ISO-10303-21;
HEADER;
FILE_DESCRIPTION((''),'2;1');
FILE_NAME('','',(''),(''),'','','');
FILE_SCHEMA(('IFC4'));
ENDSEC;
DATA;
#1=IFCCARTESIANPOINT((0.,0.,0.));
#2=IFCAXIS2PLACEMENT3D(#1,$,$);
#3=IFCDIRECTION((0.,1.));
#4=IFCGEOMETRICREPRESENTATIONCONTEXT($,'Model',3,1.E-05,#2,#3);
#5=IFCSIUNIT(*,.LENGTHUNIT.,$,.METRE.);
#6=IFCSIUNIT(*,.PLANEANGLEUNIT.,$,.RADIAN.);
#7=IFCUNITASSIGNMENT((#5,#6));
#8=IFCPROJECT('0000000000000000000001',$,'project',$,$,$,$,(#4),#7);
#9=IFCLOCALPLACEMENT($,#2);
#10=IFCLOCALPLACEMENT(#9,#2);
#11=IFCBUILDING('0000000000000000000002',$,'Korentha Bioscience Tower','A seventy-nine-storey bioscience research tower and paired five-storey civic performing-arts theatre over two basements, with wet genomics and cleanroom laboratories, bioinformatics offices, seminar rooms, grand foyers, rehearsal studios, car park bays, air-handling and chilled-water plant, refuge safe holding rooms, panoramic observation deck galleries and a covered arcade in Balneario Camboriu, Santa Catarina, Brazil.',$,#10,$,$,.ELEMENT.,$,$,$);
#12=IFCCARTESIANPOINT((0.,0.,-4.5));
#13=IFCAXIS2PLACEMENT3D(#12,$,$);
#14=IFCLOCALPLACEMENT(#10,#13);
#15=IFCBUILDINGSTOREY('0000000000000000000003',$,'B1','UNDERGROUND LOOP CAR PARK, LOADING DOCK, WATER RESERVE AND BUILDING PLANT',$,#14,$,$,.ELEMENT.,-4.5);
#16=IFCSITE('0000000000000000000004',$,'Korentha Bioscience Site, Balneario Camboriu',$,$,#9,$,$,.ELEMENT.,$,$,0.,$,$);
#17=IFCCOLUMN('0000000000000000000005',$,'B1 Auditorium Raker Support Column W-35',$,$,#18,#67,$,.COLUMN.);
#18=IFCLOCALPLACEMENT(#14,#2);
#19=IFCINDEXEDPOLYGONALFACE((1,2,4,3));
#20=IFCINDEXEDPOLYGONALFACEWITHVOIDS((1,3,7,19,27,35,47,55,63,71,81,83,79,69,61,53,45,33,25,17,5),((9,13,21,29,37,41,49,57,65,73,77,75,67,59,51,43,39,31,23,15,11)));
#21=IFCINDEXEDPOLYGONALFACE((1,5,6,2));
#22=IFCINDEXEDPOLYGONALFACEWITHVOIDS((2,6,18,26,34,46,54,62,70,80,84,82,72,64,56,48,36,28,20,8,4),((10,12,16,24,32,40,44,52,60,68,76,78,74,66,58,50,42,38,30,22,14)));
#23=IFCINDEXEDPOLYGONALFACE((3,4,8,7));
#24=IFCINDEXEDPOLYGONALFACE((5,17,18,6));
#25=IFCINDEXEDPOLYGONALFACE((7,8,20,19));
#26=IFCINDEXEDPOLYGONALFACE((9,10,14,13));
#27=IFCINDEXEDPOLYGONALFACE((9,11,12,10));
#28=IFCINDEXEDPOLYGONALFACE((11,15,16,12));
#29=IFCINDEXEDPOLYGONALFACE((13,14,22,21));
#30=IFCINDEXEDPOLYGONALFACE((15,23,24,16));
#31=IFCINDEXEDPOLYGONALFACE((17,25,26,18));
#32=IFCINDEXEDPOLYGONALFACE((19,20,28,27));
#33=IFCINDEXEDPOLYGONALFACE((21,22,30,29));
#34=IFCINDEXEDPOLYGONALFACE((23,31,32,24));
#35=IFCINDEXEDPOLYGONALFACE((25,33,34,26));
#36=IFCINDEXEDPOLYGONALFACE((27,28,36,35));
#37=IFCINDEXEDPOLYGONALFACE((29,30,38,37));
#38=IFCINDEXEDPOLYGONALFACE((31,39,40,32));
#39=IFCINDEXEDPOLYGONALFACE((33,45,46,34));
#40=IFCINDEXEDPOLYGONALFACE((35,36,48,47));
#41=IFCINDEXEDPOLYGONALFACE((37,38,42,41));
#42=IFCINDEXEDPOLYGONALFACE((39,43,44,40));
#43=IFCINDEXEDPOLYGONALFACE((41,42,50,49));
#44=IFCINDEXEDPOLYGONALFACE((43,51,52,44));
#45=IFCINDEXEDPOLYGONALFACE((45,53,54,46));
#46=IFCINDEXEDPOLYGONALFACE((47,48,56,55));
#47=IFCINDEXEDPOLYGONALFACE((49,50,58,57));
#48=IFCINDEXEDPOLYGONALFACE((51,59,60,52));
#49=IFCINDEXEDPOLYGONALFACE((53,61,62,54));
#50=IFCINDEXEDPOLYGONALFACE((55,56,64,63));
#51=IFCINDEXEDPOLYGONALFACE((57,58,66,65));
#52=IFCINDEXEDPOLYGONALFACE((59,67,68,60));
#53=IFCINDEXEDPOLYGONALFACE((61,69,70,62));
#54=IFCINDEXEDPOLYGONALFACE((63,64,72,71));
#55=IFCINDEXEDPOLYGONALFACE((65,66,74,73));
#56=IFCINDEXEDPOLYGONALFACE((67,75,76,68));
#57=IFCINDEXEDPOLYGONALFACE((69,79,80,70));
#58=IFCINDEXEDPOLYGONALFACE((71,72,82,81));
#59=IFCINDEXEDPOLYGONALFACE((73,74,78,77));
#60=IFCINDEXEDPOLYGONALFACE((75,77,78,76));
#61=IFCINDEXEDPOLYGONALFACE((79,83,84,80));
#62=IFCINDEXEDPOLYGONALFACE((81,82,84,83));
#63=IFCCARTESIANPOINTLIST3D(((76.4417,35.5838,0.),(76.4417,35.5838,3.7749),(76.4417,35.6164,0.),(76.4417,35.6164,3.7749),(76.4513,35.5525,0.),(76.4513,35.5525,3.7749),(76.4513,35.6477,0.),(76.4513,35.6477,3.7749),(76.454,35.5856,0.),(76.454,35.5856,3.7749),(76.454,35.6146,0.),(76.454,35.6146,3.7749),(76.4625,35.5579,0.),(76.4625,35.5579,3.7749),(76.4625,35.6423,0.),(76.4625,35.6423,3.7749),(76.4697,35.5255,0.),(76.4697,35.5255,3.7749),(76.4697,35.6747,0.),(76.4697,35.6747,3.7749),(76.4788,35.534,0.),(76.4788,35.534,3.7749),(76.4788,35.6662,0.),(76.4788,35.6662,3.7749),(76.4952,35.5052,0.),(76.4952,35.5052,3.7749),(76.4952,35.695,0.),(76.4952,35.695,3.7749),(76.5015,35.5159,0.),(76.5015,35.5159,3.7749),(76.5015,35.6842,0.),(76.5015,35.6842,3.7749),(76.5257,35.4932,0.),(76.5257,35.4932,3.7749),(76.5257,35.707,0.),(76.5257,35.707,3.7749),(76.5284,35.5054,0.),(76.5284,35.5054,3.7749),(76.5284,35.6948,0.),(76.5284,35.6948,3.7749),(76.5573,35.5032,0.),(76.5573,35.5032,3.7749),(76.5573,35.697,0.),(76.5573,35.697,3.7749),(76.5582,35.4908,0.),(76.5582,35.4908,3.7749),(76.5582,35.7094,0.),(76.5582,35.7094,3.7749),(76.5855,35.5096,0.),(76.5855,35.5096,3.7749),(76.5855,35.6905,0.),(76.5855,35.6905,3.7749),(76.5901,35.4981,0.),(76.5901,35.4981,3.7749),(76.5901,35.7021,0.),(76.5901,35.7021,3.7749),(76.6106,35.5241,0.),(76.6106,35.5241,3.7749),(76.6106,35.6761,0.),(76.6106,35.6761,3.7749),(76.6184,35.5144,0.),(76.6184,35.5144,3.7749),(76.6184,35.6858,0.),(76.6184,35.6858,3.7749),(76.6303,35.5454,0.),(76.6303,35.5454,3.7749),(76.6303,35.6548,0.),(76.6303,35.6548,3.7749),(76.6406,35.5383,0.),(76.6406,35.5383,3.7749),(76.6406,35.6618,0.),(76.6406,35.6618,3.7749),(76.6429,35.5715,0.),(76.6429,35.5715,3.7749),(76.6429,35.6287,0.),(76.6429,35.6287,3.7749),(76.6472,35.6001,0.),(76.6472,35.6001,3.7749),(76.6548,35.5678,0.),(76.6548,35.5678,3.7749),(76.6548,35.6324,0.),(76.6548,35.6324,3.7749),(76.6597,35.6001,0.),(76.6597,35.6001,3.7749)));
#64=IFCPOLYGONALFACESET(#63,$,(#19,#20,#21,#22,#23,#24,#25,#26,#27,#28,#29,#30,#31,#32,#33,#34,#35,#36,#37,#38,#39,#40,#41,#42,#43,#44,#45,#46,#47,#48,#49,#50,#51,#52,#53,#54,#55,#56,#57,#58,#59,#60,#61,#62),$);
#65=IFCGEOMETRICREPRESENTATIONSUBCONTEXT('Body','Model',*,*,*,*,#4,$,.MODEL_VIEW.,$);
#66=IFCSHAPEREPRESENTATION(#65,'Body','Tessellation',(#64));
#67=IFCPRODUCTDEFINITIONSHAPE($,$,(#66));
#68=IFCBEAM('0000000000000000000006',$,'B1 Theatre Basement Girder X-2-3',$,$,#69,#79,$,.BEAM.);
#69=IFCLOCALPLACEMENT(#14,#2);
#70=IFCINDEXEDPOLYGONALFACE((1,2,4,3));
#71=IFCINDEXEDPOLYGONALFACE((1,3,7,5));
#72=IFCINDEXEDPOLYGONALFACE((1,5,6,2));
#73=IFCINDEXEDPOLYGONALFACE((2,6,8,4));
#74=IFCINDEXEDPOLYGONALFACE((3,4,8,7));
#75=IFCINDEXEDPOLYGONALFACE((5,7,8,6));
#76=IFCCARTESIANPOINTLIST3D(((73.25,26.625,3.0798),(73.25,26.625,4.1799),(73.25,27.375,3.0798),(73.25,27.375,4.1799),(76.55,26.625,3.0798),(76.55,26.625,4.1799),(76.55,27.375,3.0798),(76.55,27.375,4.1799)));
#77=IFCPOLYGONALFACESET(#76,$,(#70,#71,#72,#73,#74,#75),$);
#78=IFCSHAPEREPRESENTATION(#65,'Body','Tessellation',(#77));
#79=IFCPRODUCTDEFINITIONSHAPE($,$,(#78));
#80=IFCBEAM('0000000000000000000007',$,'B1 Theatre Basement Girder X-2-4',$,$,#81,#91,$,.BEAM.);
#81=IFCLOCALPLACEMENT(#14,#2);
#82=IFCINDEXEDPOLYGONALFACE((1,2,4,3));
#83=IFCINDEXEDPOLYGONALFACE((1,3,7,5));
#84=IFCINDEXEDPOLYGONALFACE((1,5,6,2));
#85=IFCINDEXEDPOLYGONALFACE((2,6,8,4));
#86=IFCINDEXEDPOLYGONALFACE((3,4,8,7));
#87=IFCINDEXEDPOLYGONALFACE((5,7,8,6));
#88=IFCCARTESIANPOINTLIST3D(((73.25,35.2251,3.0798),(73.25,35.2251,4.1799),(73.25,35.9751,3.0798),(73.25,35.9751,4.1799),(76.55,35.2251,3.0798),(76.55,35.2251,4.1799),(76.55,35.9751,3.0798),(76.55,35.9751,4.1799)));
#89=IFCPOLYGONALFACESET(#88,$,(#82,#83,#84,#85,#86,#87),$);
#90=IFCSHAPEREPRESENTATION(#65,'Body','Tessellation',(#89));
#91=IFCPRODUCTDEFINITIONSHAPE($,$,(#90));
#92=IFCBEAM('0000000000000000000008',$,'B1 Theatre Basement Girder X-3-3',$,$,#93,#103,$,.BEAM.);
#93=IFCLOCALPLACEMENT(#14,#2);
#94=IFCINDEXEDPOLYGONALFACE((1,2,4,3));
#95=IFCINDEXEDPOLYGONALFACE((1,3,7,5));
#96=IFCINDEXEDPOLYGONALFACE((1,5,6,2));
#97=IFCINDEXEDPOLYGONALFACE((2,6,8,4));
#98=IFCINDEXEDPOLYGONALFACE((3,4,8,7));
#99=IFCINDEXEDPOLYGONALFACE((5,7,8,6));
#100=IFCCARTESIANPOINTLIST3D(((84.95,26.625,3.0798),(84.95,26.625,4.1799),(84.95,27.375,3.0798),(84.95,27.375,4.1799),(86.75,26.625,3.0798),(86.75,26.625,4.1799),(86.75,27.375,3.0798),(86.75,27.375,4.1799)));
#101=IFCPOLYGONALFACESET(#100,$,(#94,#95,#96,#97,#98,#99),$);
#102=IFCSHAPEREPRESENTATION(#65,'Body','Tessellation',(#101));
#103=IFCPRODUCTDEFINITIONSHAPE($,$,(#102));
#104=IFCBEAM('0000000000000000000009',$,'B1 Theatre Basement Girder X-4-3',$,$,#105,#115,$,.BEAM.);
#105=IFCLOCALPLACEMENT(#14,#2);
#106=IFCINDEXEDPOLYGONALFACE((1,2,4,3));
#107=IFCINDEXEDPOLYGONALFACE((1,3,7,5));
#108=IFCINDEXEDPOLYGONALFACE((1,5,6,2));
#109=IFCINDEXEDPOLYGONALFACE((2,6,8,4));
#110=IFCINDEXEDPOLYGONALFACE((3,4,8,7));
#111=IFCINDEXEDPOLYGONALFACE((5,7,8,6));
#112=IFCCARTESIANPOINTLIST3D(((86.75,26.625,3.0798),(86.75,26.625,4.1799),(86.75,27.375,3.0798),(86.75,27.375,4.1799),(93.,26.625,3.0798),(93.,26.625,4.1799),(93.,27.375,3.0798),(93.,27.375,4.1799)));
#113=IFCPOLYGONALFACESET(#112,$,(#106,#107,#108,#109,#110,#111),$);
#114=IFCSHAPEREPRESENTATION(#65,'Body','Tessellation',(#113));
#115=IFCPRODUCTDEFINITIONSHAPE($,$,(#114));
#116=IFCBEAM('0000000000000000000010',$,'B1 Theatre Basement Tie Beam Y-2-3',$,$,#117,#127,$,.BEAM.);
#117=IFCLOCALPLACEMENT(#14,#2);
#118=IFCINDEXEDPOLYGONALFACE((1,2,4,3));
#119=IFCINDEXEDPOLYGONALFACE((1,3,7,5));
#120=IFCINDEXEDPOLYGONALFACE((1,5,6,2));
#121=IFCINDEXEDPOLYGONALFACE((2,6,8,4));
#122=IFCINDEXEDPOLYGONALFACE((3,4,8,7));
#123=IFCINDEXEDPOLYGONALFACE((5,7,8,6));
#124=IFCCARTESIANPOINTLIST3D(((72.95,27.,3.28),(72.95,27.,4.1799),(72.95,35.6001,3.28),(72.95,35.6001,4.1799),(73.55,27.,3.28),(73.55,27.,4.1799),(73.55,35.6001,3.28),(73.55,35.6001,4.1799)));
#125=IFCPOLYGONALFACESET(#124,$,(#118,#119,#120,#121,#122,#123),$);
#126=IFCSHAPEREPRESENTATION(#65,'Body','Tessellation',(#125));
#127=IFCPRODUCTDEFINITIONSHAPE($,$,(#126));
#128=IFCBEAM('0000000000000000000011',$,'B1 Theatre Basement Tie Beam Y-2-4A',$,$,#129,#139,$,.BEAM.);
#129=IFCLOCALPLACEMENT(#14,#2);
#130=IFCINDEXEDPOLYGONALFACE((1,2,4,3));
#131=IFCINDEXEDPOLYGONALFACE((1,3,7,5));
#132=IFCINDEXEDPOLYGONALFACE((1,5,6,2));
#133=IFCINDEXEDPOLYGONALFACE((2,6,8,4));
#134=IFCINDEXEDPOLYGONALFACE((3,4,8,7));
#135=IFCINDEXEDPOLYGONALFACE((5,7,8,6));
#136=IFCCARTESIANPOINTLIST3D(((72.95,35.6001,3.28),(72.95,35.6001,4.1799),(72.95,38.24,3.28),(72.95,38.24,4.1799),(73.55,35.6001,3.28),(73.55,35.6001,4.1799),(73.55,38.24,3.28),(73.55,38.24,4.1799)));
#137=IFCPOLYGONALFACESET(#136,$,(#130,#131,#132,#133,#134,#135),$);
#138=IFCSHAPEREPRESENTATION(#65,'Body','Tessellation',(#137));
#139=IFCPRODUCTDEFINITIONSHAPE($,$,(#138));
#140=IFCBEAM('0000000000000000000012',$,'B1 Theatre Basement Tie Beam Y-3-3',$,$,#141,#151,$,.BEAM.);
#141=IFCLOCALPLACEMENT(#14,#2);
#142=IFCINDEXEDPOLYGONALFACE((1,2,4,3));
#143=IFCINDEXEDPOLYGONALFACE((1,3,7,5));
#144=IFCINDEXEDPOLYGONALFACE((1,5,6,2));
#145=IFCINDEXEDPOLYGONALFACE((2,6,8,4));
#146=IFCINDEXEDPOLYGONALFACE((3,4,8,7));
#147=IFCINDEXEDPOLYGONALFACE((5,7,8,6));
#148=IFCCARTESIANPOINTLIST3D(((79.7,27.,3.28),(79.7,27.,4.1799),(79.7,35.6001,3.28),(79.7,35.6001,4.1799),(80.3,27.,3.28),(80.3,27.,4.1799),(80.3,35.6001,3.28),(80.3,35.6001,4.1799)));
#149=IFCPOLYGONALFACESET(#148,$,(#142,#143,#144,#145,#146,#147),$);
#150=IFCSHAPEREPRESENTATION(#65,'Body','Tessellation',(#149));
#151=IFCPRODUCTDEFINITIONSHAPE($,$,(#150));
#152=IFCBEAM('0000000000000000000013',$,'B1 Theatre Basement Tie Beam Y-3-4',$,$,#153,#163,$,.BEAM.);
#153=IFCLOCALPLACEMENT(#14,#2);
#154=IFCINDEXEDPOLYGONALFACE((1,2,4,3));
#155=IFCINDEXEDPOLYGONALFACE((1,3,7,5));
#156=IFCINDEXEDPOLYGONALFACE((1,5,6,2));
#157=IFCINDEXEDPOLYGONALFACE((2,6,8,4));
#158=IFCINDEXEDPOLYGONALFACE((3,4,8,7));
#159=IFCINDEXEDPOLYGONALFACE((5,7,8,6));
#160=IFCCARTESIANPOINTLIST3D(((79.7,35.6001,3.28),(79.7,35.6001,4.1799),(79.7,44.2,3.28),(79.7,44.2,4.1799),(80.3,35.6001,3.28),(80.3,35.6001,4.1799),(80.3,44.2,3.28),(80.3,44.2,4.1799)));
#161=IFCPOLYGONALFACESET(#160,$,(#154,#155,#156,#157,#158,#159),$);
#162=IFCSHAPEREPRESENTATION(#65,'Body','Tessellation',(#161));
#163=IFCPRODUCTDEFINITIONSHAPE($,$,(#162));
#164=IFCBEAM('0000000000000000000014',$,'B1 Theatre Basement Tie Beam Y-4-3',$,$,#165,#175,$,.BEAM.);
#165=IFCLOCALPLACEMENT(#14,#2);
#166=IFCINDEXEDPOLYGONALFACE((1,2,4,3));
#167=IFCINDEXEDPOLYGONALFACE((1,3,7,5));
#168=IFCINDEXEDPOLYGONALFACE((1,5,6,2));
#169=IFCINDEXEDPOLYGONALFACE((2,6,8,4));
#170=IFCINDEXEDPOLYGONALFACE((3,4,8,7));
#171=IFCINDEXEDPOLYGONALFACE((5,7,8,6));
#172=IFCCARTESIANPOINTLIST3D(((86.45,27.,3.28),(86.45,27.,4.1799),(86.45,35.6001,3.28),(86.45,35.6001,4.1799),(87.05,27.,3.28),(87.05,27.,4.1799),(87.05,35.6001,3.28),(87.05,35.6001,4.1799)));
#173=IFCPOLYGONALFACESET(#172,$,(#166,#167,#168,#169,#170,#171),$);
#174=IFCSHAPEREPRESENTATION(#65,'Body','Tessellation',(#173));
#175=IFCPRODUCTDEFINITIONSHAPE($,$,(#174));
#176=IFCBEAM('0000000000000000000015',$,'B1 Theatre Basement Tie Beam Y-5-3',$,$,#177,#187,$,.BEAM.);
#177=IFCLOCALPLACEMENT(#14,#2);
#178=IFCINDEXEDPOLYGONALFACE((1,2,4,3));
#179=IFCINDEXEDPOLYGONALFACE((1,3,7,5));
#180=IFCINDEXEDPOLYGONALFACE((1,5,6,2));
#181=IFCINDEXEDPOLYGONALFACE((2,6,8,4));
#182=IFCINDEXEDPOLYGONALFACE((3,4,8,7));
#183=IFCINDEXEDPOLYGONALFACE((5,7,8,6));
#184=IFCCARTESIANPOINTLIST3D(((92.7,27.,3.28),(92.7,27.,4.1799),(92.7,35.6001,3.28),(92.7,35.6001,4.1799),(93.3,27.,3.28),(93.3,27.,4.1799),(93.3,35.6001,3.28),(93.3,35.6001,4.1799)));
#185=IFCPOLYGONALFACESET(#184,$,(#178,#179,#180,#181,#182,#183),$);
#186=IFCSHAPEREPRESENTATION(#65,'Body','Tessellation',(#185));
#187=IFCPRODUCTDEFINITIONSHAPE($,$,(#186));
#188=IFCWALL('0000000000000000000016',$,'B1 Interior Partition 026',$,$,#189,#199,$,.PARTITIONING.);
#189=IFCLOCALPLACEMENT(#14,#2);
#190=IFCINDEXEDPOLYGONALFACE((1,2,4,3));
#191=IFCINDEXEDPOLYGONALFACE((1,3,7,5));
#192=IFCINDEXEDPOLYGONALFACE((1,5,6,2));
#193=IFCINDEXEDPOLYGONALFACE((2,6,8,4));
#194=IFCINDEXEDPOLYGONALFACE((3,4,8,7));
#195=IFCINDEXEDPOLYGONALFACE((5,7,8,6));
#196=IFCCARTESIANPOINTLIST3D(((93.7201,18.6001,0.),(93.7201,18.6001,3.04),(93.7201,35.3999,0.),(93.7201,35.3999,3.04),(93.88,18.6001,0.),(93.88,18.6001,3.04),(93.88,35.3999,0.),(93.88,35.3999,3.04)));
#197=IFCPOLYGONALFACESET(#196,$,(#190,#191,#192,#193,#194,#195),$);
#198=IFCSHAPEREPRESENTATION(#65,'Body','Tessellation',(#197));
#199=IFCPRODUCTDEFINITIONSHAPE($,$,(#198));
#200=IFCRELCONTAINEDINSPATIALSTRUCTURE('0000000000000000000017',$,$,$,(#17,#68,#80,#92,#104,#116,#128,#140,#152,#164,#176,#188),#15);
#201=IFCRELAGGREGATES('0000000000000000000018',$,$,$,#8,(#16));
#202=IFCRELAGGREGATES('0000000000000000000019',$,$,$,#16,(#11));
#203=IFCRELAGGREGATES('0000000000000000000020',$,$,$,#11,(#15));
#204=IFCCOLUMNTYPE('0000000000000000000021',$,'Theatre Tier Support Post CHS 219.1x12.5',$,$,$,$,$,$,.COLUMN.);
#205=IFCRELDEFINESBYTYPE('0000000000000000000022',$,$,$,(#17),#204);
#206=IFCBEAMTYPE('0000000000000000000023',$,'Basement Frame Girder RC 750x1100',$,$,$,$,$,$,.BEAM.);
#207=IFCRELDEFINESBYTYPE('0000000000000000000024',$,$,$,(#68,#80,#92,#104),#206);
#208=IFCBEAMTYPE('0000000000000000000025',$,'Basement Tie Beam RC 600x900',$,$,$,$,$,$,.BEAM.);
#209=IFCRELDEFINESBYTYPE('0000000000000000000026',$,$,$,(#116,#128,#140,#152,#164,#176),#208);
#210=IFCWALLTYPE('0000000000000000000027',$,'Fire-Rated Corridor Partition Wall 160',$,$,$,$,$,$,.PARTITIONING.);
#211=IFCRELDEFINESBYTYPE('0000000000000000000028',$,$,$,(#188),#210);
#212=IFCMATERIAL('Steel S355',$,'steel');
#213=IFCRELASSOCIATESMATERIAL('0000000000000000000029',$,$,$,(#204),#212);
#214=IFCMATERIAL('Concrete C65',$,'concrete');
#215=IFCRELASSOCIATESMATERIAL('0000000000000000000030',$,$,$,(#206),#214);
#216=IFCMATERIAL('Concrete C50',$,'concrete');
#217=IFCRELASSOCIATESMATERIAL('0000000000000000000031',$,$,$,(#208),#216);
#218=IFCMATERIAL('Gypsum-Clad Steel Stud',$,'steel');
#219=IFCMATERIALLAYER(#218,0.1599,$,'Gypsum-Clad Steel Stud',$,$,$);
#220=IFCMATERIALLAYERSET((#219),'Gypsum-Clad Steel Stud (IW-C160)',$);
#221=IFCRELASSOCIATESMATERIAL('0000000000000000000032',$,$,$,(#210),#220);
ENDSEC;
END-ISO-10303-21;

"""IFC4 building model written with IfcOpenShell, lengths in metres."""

from ifc_helpers import new_model, si_unit, direction, frame, frame_2d, origin, origin_2d, place, context, subcontext, project, spatial, rectangle, hollow_circle, extrude, material, layer, layer_set, material_profile, profile_set, type_object, element, save


model = new_model("IFC4")

# Units and contexts
model_context = context("Model", 3, precision=1e-05, world=origin(), true_north=direction((0.0, 1.0)))
body_context = subcontext(model_context, "Body", "Model", "MODEL_VIEW")
ifc_project = project(units=[si_unit("LENGTHUNIT", "METRE"), si_unit("PLANEANGLEUNIT", "RADIAN")], contexts=[model_context])

# Site, building, storey
site_placement = place(None, origin())
site = spatial("IfcSite", under=ifc_project, at=site_placement, Name="Korentha Bioscience Site, Balneario Camboriu", CompositionType="ELEMENT", RefElevation=0.0)
building_placement = place(site_placement, origin())
building = spatial("IfcBuilding", under=site, at=building_placement, Name="Korentha Bioscience Tower", Description="A seventy-nine-storey bioscience research tower and paired five-storey civic performing-arts theatre over two basements, with wet genomics and cleanroom laboratories, bioinformatics offices, seminar rooms, grand foyers, rehearsal studios, car park bays, air-handling and chilled-water plant, refuge safe holding rooms, panoramic observation deck galleries and a covered arcade in Balneario Camboriu, Santa Catarina, Brazil.", CompositionType="ELEMENT")
storey_placement = place(building_placement, frame((0.0, 0.0, -4.5)))
storey = spatial("IfcBuildingStorey", under=building, at=storey_placement, Name="B1", Description="UNDERGROUND LOOP CAR PARK, LOADING DOCK, WATER RESERVE AND BUILDING PLANT", CompositionType="ELEMENT", Elevation=-4.5)

# Column
ifc_material_1 = material(Name="Concrete C50", Category="concrete")
ifc_material_2 = material(Name="Steel S355", Category="steel")
ifc_material_profile_1 = material_profile(ifc_material_2, hollow_circle(Radius=0.1096, WallThickness=0.0125, at=origin_2d()), Name="Steel S355")
ifc_profile_set_1 = profile_set([ifc_material_profile_1], Name="Steel S355 (TC-P219)")
column_type_1 = type_object("IfcColumnType", Name="Theatre Tier Support Post CHS 219.1x12.5", PredefinedType="COLUMN", material=ifc_profile_set_1)
for number, where, z_axis, x_axis, name in (
    (1, (76.55, 35.6001, 0.0), (0.0, 0.0, 1.0), (1.0, 0.0, 0.0), "B1 Auditorium Raker Support Column W-35"),
):
    element("IfcColumn", number, at=place(storey_placement, frame(where, z_axis=z_axis, x_axis=x_axis)), inside=storey, type_object=column_type_1, Name=name, PredefinedType="COLUMN", context=body_context, shape_type="SweptSolid", body=[
        extrude(hollow_circle(Radius=0.1096, WallThickness=0.0125, at=origin_2d()), origin(), (0.0, 0.0, 1.0), 3.7749),
    ])

# Beams
ifc_material_3 = material(Name="Concrete C65", Category="concrete")
ifc_material_profile_2 = material_profile(ifc_material_3, rectangle(XDim=0.75, YDim=1.1001, at=origin_2d()), Name="Concrete C65")
ifc_profile_set_2 = profile_set([ifc_material_profile_2], Name="Concrete C65 (BB-750)")
beam_type_1 = type_object("IfcBeamType", Name="Basement Frame Girder RC 750x1100", PredefinedType="BEAM", material=ifc_profile_set_2)
for number, where, z_axis, x_axis, name in (
    (2, (73.25, 27.0, 3.6299), (1.0, 0.0, 0.0), (0.0, 1.0, 0.0), "B1 Theatre Basement Girder X-2-3"),
    (3, (73.25, 35.6001, 3.6299), (1.0, 0.0, 0.0), (0.0, 1.0, 0.0), "B1 Theatre Basement Girder X-2-4"),
):
    element("IfcBeam", number, at=place(storey_placement, frame(where, z_axis=z_axis, x_axis=x_axis)), inside=storey, type_object=beam_type_1, Name=name, PredefinedType="BEAM", context=body_context, shape_type="SweptSolid", body=[
        extrude(rectangle(XDim=0.75, YDim=1.1001, at=origin_2d()), origin(), (0.0, 0.0, 1.0), 3.3),
    ])
beam_1_placement = place(storey_placement, frame((84.95, 27.0, 3.6299), z_axis=(1.0, 0.0, 0.0), x_axis=(0.0, 1.0, 0.0)))
element("IfcBeam", 4, at=beam_1_placement, inside=storey, type_object=beam_type_1, Name="B1 Theatre Basement Girder X-3-3", PredefinedType="BEAM", context=body_context, shape_type="SweptSolid", body=[
    extrude(rectangle(XDim=0.75, YDim=1.1001, at=origin_2d()), origin(), (0.0, 0.0, 1.0), 1.8),
])
beam_2_placement = place(storey_placement, frame((86.75, 27.0, 3.6299), z_axis=(1.0, 0.0, 0.0), x_axis=(0.0, 1.0, 0.0)))
element("IfcBeam", 5, at=beam_2_placement, inside=storey, type_object=beam_type_1, Name="B1 Theatre Basement Girder X-4-3", PredefinedType="BEAM", context=body_context, shape_type="SweptSolid", body=[
    extrude(rectangle(XDim=0.75, YDim=1.1001, at=origin_2d()), origin(), (0.0, 0.0, 1.0), 6.25),
])
ifc_material_profile_3 = material_profile(ifc_material_1, rectangle(XDim=0.6001, YDim=0.8999, at=origin_2d()), Name="Concrete C50")
ifc_profile_set_3 = profile_set([ifc_material_profile_3], Name="Concrete C50 (BB-600)")
beam_type_2 = type_object("IfcBeamType", Name="Basement Tie Beam RC 600x900", PredefinedType="BEAM", material=ifc_profile_set_3)
beam_3_placement = place(storey_placement, frame((73.25, 27.0, 3.73), z_axis=(0.0, 1.0, 0.0), x_axis=(-1.0, 0.0, 0.0)))
element("IfcBeam", 6, at=beam_3_placement, inside=storey, type_object=beam_type_2, Name="B1 Theatre Basement Tie Beam Y-2-3", PredefinedType="BEAM", context=body_context, shape_type="SweptSolid", body=[
    extrude(rectangle(XDim=0.6001, YDim=0.8999, at=origin_2d()), origin(), (0.0, 0.0, 1.0), 8.6001),
])
beam_4_placement = place(storey_placement, frame((73.25, 35.6001, 3.73), z_axis=(0.0, 1.0, 0.0), x_axis=(-1.0, 0.0, 0.0)))
element("IfcBeam", 7, at=beam_4_placement, inside=storey, type_object=beam_type_2, Name="B1 Theatre Basement Tie Beam Y-2-4A", PredefinedType="BEAM", context=body_context, shape_type="SweptSolid", body=[
    extrude(rectangle(XDim=0.6001, YDim=0.8999, at=origin_2d()), origin(), (0.0, 0.0, 1.0), 2.6399),
])
beam_5_placement = place(storey_placement, frame((80.0, 27.0, 3.73), z_axis=(0.0, 1.0, 0.0), x_axis=(-1.0, 0.0, 0.0)))
element("IfcBeam", 8, at=beam_5_placement, inside=storey, type_object=beam_type_2, Name="B1 Theatre Basement Tie Beam Y-3-3", PredefinedType="BEAM", context=body_context, shape_type="SweptSolid", body=[
    extrude(rectangle(XDim=0.6001, YDim=0.8999, at=origin_2d()), origin(), (0.0, 0.0, 1.0), 8.6001),
])
beam_6_placement = place(storey_placement, frame((80.0, 35.6001, 3.73), z_axis=(0.0, 1.0, 0.0), x_axis=(-1.0, 0.0, 0.0)))
element("IfcBeam", 9, at=beam_6_placement, inside=storey, type_object=beam_type_2, Name="B1 Theatre Basement Tie Beam Y-3-4", PredefinedType="BEAM", context=body_context, shape_type="SweptSolid", body=[
    extrude(rectangle(XDim=0.6001, YDim=0.8999, at=origin_2d()), origin(), (0.0, 0.0, 1.0), 8.5999),
])
for number, where, z_axis, x_axis, name in (
    (10, (86.75, 27.0, 3.73), (0.0, 1.0, 0.0), (-1.0, 0.0, 0.0), "B1 Theatre Basement Tie Beam Y-4-3"),
    (11, (93.0, 27.0, 3.73), (0.0, 1.0, 0.0), (-1.0, 0.0, 0.0), "B1 Theatre Basement Tie Beam Y-5-3"),
):
    element("IfcBeam", number, at=place(storey_placement, frame(where, z_axis=z_axis, x_axis=x_axis)), inside=storey, type_object=beam_type_2, Name=name, PredefinedType="BEAM", context=body_context, shape_type="SweptSolid", body=[
        extrude(rectangle(XDim=0.6001, YDim=0.8999, at=origin_2d()), origin(), (0.0, 0.0, 1.0), 8.6001),
    ])

# Wall
ifc_material_4 = material(Name="Gypsum-Clad Steel Stud", Category="steel")
ifc_layer_1 = layer(ifc_material_4, 0.1599, Name="Gypsum-Clad Steel Stud")
ifc_layer_set_1 = layer_set([ifc_layer_1], Name="Gypsum-Clad Steel Stud (IW-C160)")
wall_type_1 = type_object("IfcWallType", Name="Fire-Rated Corridor Partition Wall 160", PredefinedType="PARTITIONING", material=ifc_layer_set_1)
wall_1_placement = place(storey_placement, frame((93.8, 35.3999, 0.0), z_axis=(0.0, 0.0, 1.0), x_axis=(0.0, -1.0, 0.0)))
element("IfcWall", 12, at=wall_1_placement, inside=storey, type_object=wall_type_1, Name="B1 Interior Partition 026", PredefinedType="PARTITIONING", context=body_context, shape_type="SweptSolid", body=[
    extrude(rectangle(XDim=16.7998, YDim=0.1599, at=frame_2d((8.3999, 0.0))), origin(), (0.0, 0.0, 1.0), 3.04),
])

save(model, "model.ifc")
